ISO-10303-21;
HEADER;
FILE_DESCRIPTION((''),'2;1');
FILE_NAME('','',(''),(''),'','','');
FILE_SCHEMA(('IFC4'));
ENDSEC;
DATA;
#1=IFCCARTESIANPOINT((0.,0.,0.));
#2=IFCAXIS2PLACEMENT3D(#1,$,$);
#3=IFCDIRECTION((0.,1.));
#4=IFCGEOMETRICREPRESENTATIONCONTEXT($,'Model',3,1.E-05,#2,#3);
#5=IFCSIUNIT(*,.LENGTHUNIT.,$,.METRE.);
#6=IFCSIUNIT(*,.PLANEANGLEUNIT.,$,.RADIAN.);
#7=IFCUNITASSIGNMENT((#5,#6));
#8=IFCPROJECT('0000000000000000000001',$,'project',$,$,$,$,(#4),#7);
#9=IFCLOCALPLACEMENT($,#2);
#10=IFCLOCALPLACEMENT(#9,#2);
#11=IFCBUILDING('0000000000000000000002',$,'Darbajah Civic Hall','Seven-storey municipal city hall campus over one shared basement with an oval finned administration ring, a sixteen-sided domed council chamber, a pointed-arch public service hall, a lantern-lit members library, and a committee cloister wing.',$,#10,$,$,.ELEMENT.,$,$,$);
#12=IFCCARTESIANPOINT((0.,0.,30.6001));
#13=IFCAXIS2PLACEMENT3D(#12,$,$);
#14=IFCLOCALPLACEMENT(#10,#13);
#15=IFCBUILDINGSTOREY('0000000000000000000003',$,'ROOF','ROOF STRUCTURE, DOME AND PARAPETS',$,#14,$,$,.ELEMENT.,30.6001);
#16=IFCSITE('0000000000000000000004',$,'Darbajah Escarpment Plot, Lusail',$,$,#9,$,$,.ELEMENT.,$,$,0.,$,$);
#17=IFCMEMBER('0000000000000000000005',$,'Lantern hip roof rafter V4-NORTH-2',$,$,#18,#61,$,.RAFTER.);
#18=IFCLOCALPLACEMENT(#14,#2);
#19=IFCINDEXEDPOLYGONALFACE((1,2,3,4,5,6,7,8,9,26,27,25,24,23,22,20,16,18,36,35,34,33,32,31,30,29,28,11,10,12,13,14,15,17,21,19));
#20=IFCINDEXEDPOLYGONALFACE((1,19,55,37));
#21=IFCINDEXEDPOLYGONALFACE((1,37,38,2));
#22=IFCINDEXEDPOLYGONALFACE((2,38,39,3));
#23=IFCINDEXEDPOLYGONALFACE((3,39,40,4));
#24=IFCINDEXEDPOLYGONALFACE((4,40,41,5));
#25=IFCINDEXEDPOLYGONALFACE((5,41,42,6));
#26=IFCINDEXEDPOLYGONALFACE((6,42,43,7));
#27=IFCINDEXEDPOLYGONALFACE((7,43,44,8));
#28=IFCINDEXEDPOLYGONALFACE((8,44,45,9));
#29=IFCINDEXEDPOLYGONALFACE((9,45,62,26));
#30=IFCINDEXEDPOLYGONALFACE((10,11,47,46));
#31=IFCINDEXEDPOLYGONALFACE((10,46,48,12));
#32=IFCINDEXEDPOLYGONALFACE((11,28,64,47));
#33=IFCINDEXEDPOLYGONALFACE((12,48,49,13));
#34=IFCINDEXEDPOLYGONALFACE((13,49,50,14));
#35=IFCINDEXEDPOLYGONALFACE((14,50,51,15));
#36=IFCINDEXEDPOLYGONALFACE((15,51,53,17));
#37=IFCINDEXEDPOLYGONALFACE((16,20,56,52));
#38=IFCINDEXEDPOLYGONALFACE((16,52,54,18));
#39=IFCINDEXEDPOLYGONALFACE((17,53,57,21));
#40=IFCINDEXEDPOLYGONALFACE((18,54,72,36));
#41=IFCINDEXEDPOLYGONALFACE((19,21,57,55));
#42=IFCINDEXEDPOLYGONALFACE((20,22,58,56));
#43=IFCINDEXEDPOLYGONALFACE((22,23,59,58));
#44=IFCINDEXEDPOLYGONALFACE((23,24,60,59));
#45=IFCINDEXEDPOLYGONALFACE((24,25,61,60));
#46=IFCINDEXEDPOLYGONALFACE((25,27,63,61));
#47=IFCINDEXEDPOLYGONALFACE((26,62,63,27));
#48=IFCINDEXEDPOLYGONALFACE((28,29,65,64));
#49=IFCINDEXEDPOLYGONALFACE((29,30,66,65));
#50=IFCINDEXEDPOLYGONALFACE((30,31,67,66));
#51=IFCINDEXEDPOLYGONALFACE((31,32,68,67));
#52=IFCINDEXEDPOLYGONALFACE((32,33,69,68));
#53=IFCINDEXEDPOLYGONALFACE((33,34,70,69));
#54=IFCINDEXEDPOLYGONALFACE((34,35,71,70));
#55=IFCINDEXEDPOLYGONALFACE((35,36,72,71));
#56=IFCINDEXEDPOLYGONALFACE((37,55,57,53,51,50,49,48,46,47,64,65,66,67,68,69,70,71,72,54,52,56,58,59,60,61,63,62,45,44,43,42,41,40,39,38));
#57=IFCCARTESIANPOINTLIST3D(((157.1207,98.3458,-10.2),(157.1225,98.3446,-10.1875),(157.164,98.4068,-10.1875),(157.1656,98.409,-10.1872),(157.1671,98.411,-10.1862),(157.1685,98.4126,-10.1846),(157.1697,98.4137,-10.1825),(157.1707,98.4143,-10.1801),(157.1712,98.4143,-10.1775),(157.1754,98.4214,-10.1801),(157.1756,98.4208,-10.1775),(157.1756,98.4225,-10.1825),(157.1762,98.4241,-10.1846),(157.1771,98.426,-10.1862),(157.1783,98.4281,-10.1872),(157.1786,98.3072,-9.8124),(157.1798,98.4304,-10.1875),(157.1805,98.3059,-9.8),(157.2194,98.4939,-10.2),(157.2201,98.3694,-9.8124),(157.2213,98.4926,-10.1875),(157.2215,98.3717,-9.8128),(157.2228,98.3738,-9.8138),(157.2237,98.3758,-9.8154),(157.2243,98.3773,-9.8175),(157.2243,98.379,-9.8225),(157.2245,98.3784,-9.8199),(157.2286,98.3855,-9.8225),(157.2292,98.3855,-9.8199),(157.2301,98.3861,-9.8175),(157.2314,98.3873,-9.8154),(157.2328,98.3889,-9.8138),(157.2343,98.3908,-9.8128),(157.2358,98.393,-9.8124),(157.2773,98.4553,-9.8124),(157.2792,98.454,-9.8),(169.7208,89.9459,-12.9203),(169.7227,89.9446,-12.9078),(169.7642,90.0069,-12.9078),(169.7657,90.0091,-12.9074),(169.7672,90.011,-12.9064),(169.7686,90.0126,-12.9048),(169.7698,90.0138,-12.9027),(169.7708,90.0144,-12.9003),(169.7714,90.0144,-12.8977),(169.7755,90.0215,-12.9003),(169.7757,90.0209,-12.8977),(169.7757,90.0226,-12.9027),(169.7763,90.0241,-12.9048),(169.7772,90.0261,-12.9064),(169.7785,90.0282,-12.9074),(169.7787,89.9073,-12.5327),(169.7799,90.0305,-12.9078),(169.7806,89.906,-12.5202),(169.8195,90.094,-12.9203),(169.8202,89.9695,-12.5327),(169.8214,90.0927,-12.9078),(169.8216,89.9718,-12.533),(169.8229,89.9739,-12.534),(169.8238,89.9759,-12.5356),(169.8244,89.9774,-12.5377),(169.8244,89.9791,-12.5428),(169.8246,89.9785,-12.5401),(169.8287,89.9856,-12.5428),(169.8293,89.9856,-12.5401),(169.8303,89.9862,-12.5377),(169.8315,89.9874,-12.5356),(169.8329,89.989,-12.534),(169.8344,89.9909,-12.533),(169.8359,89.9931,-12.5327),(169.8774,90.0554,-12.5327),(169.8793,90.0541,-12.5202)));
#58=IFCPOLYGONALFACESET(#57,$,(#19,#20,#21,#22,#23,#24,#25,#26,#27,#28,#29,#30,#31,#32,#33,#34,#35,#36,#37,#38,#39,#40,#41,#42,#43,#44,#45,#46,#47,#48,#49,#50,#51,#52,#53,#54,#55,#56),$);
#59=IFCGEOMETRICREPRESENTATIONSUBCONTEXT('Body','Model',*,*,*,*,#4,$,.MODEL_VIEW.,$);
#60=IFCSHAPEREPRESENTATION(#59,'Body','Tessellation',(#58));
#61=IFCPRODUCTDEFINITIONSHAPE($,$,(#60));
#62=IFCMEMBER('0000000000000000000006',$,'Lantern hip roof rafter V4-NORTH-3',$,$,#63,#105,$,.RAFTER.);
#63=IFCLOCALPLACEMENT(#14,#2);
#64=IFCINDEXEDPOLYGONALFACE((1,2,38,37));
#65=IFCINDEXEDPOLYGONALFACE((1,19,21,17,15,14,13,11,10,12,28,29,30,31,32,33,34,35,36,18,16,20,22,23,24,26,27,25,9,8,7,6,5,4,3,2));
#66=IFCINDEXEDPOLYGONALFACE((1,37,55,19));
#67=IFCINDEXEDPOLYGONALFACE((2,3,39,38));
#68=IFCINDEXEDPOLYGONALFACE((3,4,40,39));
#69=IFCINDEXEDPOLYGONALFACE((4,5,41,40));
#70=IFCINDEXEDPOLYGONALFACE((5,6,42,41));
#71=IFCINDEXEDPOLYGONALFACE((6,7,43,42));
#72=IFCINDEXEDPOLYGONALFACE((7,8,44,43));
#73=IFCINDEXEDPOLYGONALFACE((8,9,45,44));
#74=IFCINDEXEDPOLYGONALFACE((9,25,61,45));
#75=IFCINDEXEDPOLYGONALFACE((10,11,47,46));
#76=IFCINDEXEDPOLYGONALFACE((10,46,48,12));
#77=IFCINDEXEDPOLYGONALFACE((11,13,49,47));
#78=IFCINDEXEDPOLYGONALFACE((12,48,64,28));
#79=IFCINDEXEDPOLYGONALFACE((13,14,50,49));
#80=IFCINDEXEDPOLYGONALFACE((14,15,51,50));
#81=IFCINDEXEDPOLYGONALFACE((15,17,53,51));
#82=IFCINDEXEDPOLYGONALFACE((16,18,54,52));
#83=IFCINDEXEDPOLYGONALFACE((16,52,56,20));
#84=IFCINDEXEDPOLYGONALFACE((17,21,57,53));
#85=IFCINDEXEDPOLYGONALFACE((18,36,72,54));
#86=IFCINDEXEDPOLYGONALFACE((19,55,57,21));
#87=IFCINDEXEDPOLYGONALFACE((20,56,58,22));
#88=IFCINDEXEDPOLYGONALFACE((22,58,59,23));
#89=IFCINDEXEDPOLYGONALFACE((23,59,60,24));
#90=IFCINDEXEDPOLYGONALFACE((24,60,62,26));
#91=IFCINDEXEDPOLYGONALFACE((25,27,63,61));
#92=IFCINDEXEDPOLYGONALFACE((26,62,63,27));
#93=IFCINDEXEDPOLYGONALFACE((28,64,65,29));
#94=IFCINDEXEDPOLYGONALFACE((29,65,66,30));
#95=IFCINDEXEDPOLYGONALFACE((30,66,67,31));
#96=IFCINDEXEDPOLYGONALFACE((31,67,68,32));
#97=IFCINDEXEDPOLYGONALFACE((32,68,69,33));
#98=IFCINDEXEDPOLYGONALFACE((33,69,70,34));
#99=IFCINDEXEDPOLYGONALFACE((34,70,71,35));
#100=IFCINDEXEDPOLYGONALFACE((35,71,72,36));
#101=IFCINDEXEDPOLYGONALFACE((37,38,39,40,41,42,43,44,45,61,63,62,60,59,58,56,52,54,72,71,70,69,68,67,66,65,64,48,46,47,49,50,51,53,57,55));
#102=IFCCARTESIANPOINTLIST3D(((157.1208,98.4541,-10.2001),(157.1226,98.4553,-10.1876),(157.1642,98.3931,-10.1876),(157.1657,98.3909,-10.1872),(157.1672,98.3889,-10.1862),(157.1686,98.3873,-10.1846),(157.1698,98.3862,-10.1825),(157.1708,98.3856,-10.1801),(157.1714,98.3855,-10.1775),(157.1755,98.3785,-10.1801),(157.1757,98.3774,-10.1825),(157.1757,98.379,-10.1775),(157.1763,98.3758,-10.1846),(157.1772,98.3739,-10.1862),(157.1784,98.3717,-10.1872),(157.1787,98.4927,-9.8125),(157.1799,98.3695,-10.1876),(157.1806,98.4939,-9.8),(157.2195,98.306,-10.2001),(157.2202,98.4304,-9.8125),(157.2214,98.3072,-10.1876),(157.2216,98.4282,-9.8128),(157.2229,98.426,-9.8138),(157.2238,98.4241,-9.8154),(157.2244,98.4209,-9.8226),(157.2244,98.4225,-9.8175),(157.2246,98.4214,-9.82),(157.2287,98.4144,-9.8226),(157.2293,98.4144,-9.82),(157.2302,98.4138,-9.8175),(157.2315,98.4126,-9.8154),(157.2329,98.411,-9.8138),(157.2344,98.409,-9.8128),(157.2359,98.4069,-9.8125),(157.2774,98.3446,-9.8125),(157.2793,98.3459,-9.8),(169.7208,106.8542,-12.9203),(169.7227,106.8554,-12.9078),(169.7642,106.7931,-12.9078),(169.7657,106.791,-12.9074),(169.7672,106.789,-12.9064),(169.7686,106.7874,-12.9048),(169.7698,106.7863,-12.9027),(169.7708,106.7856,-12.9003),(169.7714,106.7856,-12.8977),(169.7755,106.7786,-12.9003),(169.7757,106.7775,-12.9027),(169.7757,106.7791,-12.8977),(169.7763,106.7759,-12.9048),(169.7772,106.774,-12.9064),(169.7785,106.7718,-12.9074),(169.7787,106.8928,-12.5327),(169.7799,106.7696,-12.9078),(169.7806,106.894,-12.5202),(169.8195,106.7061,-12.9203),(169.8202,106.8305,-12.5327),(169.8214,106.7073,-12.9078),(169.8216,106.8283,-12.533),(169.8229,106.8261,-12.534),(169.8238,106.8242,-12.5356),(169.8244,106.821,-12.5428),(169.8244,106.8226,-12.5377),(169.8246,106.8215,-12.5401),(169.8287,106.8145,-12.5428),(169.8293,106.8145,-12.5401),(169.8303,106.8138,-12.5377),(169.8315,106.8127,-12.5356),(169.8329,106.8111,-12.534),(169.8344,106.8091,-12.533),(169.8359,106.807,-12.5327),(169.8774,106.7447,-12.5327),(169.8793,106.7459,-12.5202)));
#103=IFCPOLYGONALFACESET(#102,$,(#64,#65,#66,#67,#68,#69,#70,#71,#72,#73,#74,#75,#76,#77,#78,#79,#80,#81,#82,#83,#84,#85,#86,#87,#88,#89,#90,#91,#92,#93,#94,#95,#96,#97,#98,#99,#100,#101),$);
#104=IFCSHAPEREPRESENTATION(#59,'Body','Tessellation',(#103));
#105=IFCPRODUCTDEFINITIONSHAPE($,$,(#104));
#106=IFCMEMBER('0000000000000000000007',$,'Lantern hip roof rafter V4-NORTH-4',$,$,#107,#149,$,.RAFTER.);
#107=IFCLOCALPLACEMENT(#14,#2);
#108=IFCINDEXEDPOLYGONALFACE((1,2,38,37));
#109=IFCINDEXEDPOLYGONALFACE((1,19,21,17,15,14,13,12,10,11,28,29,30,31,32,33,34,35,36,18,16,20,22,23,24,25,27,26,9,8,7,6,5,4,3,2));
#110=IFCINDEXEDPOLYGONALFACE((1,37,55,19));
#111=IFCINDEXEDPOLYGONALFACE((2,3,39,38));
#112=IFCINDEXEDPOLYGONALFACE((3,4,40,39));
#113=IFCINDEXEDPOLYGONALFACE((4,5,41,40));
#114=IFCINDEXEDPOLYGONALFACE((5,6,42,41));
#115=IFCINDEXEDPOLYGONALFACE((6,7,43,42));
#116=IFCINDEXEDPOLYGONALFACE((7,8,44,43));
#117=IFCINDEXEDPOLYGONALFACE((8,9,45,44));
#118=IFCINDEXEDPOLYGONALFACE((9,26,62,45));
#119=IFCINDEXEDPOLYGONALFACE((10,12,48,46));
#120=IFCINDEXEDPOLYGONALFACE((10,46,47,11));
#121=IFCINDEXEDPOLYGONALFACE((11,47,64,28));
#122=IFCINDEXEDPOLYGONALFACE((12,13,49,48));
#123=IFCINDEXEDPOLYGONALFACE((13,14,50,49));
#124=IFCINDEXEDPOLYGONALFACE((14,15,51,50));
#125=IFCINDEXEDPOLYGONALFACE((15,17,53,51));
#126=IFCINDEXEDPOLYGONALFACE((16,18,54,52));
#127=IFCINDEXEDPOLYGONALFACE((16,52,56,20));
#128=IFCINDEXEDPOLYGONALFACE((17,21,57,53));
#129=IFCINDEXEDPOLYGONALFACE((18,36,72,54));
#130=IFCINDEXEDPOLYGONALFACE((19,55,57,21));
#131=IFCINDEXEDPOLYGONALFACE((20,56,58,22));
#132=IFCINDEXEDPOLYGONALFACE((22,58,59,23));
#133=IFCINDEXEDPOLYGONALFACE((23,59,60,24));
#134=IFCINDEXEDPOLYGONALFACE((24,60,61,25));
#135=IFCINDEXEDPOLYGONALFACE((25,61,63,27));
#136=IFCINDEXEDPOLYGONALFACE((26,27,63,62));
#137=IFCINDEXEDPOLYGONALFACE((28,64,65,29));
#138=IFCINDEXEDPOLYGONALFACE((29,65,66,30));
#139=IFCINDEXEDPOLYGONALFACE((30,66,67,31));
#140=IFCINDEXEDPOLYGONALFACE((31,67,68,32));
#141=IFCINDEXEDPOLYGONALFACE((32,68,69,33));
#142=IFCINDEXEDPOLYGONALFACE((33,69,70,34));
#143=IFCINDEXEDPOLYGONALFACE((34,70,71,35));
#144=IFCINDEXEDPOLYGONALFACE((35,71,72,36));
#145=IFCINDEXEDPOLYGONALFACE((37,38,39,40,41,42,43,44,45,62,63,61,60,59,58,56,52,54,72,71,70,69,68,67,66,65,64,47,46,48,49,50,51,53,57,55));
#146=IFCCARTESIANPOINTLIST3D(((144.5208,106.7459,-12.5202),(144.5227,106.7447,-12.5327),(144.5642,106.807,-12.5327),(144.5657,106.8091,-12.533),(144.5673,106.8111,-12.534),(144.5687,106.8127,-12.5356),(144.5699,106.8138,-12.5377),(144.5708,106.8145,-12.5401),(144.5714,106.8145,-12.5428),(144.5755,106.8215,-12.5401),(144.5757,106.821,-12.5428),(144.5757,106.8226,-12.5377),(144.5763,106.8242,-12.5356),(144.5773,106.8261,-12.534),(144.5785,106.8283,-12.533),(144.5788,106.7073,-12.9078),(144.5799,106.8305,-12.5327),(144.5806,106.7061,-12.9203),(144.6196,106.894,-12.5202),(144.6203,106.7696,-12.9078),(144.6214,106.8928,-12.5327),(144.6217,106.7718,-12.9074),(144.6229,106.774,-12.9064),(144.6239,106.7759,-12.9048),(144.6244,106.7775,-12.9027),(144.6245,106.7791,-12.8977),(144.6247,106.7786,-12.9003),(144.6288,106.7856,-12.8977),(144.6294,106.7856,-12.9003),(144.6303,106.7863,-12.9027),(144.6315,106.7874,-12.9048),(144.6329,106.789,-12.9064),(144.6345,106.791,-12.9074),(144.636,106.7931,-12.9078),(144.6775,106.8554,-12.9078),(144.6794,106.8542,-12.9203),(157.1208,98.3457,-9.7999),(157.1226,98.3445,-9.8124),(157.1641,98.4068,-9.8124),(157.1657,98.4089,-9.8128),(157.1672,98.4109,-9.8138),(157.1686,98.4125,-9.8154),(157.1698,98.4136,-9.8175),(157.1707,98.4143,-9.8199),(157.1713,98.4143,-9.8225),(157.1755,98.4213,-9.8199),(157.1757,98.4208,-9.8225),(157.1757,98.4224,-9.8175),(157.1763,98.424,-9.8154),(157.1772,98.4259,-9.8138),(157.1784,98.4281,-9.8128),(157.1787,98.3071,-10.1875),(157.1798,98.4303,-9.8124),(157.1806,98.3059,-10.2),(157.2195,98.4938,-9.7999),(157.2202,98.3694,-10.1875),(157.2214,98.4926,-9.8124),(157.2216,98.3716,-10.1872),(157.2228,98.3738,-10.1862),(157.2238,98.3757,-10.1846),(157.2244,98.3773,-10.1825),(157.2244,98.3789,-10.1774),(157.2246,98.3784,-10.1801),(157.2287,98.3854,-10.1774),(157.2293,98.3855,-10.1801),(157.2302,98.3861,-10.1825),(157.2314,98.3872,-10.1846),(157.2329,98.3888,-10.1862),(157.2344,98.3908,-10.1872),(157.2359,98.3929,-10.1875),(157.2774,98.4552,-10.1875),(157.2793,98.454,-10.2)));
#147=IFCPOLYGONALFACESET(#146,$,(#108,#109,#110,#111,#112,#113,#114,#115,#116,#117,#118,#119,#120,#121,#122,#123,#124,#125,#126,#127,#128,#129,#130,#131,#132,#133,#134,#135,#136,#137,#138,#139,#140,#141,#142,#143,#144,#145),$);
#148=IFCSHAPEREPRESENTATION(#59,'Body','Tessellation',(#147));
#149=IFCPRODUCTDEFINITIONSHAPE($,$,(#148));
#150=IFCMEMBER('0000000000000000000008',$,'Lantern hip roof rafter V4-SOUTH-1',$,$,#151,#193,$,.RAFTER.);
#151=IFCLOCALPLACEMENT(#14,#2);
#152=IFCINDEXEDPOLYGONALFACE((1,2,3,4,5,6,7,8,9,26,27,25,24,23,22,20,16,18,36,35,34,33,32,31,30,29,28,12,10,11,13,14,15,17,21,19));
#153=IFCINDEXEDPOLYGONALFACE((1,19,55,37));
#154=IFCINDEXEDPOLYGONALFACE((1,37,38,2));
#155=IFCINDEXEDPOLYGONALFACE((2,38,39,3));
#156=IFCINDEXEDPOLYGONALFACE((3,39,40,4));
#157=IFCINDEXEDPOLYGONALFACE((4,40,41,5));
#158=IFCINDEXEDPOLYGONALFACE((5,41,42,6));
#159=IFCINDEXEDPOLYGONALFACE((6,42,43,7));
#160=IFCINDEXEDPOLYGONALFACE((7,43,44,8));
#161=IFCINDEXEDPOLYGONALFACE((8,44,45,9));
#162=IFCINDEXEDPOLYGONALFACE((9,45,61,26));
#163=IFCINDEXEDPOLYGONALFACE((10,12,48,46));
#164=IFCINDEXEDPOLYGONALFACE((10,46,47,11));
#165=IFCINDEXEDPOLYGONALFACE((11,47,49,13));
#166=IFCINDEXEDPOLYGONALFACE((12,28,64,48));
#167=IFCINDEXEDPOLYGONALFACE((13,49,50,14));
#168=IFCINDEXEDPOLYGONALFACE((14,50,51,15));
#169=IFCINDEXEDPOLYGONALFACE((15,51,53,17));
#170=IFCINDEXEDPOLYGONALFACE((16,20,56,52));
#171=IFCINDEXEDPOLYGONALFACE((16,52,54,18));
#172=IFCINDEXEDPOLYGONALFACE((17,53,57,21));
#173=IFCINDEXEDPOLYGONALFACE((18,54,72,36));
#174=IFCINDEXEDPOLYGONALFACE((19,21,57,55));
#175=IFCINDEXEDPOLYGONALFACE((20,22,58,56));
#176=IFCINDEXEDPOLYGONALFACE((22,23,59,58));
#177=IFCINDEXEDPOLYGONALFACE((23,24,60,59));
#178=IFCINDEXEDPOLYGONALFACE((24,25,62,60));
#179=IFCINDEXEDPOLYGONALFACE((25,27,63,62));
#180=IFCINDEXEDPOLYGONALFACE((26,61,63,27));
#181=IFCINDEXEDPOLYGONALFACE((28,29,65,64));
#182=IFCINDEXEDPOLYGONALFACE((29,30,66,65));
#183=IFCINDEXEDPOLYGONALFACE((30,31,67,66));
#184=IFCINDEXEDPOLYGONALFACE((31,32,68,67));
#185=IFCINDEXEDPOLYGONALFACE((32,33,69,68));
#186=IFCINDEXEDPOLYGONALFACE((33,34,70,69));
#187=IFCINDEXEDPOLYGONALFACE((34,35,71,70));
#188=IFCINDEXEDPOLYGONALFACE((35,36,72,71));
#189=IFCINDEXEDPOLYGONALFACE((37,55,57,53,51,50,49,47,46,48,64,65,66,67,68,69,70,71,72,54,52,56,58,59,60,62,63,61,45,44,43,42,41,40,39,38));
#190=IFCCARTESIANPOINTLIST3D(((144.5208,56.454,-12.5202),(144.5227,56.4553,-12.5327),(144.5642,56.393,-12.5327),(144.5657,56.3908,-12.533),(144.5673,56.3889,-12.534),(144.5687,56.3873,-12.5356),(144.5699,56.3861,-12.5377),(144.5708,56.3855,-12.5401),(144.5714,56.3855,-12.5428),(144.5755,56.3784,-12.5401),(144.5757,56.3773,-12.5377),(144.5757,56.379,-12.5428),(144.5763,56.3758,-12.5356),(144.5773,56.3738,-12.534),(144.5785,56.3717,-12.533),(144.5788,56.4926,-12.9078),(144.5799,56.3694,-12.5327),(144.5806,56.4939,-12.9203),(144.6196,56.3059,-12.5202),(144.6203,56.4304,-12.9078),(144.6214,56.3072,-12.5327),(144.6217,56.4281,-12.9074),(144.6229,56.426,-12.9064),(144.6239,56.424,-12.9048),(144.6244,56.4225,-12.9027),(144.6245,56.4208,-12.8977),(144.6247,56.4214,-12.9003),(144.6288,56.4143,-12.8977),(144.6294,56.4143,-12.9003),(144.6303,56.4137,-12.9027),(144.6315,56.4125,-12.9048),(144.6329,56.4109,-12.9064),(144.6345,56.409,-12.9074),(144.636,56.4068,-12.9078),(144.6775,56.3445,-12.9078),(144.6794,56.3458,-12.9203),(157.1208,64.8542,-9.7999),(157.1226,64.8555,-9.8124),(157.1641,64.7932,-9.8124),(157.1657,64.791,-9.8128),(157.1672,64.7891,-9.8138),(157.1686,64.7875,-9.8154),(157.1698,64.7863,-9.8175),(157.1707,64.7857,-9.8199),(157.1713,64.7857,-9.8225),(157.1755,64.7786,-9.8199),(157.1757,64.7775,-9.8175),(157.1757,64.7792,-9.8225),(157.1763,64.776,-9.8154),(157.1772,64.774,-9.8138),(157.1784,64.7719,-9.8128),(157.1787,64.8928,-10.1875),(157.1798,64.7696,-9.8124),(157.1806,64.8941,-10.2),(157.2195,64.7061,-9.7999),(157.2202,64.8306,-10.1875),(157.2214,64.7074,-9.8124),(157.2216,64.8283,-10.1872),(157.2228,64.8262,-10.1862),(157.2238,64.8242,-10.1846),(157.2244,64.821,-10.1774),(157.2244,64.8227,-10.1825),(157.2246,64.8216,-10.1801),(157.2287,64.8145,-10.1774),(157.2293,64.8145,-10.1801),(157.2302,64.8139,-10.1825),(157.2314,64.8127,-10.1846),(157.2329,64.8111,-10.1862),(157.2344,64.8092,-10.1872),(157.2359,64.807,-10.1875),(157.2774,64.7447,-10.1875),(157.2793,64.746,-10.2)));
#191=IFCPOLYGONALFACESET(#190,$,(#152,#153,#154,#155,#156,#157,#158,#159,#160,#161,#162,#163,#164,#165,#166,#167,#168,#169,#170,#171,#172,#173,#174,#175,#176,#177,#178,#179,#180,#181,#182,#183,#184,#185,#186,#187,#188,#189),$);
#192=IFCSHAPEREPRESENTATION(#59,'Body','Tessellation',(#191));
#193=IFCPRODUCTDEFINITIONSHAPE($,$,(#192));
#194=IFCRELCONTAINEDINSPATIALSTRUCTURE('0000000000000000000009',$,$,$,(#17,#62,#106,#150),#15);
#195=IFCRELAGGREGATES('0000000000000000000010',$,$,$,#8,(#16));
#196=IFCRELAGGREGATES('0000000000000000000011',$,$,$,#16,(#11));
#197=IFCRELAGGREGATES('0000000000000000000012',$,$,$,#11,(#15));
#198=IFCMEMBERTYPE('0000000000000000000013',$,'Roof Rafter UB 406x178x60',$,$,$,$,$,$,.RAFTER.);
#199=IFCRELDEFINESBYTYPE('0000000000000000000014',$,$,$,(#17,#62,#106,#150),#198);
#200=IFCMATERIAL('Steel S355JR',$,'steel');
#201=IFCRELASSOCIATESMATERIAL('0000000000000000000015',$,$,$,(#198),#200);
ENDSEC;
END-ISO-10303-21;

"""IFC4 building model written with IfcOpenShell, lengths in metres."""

from ifc_helpers import new_model, si_unit, direction, frame, origin, origin_2d, place, context, subcontext, project, spatial, i_section, extrude, material, material_profile, profile_set, type_object, element, save


model = new_model("IFC4")

# Units and contexts
model_context = context("Model", 3, precision=1e-05, world=origin(), true_north=direction((0.0, 1.0)))
body_context = subcontext(model_context, "Body", "Model", "MODEL_VIEW")
ifc_project = project(units=[si_unit("LENGTHUNIT", "METRE"), si_unit("PLANEANGLEUNIT", "RADIAN")], contexts=[model_context])

# Site, building, storey
site_placement = place(None, origin())
site = spatial("IfcSite", under=ifc_project, at=site_placement, Name="Darbajah Escarpment Plot, Lusail", CompositionType="ELEMENT", RefElevation=0.0)
building_placement = place(site_placement, origin())
building = spatial("IfcBuilding", under=site, at=building_placement, Name="Darbajah Civic Hall", Description="Seven-storey municipal city hall campus over one shared basement with an oval finned administration ring, a sixteen-sided domed council chamber, a pointed-arch public service hall, a lantern-lit members library, and a committee cloister wing.", CompositionType="ELEMENT")
storey_placement = place(building_placement, frame((0.0, 0.0, 30.6001)))
storey = spatial("IfcBuildingStorey", under=building, at=storey_placement, Name="ROOF", Description="ROOF STRUCTURE, DOME AND PARAPETS", CompositionType="ELEMENT", Elevation=30.6001)

# Members
ifc_material_1 = material(Name="Steel S355JR", Category="steel")
ifc_material_profile_1 = material_profile(ifc_material_1, i_section(OverallWidth=0.178, OverallDepth=0.4065, WebThickness=0.0078, FlangeThickness=0.0127, FilletRadius=0.0103, at=origin_2d()), Name="UB 406x178x60")
ifc_profile_set_1 = profile_set([ifc_material_profile_1], Name="Steel S355JR")
member_type_1 = type_object("IfcMemberType", Name="Roof Rafter UB 406x178x60", PredefinedType="RAFTER", material=ifc_profile_set_1)
for number, where, z_axis, x_axis, name in (
    (1, (169.8, 90.0, -12.7202), (-0.818948, 0.545954, 0.176801), (-0.554693, -0.832055, 0.0), "Lantern hip roof rafter V4-NORTH-2"),
    (2, (169.8, 106.8, -12.7202), (-0.81894, -0.545966, 0.1768), (0.554704, -0.832048, 0.0), "Lantern hip roof rafter V4-NORTH-3"),
    (3, (144.6001, 106.8, -12.7202), (0.818935, -0.545973, 0.176802), (0.554711, 0.832043, 0.0), "Lantern hip roof rafter V4-NORTH-4"),
    (4, (144.6001, 56.3999, -12.7202), (0.818935, 0.545973, 0.176802), (-0.554711, 0.832043, 0.0), "Lantern hip roof rafter V4-SOUTH-1"),
):
    element("IfcMember", number, at=place(storey_placement, frame(where, z_axis=z_axis, x_axis=x_axis)), inside=storey, type_object=member_type_1, Name=name, PredefinedType="RAFTER", context=body_context, shape_type="SweptSolid", body=[
        extrude(i_section(OverallWidth=0.178, OverallDepth=0.4065, WebThickness=0.0078, FlangeThickness=0.0127, FilletRadius=0.0103, at=origin_2d()), origin(), (0.0, 0.0, 1.0), 15.3857),
    ])

save(model, "model.ifc")
